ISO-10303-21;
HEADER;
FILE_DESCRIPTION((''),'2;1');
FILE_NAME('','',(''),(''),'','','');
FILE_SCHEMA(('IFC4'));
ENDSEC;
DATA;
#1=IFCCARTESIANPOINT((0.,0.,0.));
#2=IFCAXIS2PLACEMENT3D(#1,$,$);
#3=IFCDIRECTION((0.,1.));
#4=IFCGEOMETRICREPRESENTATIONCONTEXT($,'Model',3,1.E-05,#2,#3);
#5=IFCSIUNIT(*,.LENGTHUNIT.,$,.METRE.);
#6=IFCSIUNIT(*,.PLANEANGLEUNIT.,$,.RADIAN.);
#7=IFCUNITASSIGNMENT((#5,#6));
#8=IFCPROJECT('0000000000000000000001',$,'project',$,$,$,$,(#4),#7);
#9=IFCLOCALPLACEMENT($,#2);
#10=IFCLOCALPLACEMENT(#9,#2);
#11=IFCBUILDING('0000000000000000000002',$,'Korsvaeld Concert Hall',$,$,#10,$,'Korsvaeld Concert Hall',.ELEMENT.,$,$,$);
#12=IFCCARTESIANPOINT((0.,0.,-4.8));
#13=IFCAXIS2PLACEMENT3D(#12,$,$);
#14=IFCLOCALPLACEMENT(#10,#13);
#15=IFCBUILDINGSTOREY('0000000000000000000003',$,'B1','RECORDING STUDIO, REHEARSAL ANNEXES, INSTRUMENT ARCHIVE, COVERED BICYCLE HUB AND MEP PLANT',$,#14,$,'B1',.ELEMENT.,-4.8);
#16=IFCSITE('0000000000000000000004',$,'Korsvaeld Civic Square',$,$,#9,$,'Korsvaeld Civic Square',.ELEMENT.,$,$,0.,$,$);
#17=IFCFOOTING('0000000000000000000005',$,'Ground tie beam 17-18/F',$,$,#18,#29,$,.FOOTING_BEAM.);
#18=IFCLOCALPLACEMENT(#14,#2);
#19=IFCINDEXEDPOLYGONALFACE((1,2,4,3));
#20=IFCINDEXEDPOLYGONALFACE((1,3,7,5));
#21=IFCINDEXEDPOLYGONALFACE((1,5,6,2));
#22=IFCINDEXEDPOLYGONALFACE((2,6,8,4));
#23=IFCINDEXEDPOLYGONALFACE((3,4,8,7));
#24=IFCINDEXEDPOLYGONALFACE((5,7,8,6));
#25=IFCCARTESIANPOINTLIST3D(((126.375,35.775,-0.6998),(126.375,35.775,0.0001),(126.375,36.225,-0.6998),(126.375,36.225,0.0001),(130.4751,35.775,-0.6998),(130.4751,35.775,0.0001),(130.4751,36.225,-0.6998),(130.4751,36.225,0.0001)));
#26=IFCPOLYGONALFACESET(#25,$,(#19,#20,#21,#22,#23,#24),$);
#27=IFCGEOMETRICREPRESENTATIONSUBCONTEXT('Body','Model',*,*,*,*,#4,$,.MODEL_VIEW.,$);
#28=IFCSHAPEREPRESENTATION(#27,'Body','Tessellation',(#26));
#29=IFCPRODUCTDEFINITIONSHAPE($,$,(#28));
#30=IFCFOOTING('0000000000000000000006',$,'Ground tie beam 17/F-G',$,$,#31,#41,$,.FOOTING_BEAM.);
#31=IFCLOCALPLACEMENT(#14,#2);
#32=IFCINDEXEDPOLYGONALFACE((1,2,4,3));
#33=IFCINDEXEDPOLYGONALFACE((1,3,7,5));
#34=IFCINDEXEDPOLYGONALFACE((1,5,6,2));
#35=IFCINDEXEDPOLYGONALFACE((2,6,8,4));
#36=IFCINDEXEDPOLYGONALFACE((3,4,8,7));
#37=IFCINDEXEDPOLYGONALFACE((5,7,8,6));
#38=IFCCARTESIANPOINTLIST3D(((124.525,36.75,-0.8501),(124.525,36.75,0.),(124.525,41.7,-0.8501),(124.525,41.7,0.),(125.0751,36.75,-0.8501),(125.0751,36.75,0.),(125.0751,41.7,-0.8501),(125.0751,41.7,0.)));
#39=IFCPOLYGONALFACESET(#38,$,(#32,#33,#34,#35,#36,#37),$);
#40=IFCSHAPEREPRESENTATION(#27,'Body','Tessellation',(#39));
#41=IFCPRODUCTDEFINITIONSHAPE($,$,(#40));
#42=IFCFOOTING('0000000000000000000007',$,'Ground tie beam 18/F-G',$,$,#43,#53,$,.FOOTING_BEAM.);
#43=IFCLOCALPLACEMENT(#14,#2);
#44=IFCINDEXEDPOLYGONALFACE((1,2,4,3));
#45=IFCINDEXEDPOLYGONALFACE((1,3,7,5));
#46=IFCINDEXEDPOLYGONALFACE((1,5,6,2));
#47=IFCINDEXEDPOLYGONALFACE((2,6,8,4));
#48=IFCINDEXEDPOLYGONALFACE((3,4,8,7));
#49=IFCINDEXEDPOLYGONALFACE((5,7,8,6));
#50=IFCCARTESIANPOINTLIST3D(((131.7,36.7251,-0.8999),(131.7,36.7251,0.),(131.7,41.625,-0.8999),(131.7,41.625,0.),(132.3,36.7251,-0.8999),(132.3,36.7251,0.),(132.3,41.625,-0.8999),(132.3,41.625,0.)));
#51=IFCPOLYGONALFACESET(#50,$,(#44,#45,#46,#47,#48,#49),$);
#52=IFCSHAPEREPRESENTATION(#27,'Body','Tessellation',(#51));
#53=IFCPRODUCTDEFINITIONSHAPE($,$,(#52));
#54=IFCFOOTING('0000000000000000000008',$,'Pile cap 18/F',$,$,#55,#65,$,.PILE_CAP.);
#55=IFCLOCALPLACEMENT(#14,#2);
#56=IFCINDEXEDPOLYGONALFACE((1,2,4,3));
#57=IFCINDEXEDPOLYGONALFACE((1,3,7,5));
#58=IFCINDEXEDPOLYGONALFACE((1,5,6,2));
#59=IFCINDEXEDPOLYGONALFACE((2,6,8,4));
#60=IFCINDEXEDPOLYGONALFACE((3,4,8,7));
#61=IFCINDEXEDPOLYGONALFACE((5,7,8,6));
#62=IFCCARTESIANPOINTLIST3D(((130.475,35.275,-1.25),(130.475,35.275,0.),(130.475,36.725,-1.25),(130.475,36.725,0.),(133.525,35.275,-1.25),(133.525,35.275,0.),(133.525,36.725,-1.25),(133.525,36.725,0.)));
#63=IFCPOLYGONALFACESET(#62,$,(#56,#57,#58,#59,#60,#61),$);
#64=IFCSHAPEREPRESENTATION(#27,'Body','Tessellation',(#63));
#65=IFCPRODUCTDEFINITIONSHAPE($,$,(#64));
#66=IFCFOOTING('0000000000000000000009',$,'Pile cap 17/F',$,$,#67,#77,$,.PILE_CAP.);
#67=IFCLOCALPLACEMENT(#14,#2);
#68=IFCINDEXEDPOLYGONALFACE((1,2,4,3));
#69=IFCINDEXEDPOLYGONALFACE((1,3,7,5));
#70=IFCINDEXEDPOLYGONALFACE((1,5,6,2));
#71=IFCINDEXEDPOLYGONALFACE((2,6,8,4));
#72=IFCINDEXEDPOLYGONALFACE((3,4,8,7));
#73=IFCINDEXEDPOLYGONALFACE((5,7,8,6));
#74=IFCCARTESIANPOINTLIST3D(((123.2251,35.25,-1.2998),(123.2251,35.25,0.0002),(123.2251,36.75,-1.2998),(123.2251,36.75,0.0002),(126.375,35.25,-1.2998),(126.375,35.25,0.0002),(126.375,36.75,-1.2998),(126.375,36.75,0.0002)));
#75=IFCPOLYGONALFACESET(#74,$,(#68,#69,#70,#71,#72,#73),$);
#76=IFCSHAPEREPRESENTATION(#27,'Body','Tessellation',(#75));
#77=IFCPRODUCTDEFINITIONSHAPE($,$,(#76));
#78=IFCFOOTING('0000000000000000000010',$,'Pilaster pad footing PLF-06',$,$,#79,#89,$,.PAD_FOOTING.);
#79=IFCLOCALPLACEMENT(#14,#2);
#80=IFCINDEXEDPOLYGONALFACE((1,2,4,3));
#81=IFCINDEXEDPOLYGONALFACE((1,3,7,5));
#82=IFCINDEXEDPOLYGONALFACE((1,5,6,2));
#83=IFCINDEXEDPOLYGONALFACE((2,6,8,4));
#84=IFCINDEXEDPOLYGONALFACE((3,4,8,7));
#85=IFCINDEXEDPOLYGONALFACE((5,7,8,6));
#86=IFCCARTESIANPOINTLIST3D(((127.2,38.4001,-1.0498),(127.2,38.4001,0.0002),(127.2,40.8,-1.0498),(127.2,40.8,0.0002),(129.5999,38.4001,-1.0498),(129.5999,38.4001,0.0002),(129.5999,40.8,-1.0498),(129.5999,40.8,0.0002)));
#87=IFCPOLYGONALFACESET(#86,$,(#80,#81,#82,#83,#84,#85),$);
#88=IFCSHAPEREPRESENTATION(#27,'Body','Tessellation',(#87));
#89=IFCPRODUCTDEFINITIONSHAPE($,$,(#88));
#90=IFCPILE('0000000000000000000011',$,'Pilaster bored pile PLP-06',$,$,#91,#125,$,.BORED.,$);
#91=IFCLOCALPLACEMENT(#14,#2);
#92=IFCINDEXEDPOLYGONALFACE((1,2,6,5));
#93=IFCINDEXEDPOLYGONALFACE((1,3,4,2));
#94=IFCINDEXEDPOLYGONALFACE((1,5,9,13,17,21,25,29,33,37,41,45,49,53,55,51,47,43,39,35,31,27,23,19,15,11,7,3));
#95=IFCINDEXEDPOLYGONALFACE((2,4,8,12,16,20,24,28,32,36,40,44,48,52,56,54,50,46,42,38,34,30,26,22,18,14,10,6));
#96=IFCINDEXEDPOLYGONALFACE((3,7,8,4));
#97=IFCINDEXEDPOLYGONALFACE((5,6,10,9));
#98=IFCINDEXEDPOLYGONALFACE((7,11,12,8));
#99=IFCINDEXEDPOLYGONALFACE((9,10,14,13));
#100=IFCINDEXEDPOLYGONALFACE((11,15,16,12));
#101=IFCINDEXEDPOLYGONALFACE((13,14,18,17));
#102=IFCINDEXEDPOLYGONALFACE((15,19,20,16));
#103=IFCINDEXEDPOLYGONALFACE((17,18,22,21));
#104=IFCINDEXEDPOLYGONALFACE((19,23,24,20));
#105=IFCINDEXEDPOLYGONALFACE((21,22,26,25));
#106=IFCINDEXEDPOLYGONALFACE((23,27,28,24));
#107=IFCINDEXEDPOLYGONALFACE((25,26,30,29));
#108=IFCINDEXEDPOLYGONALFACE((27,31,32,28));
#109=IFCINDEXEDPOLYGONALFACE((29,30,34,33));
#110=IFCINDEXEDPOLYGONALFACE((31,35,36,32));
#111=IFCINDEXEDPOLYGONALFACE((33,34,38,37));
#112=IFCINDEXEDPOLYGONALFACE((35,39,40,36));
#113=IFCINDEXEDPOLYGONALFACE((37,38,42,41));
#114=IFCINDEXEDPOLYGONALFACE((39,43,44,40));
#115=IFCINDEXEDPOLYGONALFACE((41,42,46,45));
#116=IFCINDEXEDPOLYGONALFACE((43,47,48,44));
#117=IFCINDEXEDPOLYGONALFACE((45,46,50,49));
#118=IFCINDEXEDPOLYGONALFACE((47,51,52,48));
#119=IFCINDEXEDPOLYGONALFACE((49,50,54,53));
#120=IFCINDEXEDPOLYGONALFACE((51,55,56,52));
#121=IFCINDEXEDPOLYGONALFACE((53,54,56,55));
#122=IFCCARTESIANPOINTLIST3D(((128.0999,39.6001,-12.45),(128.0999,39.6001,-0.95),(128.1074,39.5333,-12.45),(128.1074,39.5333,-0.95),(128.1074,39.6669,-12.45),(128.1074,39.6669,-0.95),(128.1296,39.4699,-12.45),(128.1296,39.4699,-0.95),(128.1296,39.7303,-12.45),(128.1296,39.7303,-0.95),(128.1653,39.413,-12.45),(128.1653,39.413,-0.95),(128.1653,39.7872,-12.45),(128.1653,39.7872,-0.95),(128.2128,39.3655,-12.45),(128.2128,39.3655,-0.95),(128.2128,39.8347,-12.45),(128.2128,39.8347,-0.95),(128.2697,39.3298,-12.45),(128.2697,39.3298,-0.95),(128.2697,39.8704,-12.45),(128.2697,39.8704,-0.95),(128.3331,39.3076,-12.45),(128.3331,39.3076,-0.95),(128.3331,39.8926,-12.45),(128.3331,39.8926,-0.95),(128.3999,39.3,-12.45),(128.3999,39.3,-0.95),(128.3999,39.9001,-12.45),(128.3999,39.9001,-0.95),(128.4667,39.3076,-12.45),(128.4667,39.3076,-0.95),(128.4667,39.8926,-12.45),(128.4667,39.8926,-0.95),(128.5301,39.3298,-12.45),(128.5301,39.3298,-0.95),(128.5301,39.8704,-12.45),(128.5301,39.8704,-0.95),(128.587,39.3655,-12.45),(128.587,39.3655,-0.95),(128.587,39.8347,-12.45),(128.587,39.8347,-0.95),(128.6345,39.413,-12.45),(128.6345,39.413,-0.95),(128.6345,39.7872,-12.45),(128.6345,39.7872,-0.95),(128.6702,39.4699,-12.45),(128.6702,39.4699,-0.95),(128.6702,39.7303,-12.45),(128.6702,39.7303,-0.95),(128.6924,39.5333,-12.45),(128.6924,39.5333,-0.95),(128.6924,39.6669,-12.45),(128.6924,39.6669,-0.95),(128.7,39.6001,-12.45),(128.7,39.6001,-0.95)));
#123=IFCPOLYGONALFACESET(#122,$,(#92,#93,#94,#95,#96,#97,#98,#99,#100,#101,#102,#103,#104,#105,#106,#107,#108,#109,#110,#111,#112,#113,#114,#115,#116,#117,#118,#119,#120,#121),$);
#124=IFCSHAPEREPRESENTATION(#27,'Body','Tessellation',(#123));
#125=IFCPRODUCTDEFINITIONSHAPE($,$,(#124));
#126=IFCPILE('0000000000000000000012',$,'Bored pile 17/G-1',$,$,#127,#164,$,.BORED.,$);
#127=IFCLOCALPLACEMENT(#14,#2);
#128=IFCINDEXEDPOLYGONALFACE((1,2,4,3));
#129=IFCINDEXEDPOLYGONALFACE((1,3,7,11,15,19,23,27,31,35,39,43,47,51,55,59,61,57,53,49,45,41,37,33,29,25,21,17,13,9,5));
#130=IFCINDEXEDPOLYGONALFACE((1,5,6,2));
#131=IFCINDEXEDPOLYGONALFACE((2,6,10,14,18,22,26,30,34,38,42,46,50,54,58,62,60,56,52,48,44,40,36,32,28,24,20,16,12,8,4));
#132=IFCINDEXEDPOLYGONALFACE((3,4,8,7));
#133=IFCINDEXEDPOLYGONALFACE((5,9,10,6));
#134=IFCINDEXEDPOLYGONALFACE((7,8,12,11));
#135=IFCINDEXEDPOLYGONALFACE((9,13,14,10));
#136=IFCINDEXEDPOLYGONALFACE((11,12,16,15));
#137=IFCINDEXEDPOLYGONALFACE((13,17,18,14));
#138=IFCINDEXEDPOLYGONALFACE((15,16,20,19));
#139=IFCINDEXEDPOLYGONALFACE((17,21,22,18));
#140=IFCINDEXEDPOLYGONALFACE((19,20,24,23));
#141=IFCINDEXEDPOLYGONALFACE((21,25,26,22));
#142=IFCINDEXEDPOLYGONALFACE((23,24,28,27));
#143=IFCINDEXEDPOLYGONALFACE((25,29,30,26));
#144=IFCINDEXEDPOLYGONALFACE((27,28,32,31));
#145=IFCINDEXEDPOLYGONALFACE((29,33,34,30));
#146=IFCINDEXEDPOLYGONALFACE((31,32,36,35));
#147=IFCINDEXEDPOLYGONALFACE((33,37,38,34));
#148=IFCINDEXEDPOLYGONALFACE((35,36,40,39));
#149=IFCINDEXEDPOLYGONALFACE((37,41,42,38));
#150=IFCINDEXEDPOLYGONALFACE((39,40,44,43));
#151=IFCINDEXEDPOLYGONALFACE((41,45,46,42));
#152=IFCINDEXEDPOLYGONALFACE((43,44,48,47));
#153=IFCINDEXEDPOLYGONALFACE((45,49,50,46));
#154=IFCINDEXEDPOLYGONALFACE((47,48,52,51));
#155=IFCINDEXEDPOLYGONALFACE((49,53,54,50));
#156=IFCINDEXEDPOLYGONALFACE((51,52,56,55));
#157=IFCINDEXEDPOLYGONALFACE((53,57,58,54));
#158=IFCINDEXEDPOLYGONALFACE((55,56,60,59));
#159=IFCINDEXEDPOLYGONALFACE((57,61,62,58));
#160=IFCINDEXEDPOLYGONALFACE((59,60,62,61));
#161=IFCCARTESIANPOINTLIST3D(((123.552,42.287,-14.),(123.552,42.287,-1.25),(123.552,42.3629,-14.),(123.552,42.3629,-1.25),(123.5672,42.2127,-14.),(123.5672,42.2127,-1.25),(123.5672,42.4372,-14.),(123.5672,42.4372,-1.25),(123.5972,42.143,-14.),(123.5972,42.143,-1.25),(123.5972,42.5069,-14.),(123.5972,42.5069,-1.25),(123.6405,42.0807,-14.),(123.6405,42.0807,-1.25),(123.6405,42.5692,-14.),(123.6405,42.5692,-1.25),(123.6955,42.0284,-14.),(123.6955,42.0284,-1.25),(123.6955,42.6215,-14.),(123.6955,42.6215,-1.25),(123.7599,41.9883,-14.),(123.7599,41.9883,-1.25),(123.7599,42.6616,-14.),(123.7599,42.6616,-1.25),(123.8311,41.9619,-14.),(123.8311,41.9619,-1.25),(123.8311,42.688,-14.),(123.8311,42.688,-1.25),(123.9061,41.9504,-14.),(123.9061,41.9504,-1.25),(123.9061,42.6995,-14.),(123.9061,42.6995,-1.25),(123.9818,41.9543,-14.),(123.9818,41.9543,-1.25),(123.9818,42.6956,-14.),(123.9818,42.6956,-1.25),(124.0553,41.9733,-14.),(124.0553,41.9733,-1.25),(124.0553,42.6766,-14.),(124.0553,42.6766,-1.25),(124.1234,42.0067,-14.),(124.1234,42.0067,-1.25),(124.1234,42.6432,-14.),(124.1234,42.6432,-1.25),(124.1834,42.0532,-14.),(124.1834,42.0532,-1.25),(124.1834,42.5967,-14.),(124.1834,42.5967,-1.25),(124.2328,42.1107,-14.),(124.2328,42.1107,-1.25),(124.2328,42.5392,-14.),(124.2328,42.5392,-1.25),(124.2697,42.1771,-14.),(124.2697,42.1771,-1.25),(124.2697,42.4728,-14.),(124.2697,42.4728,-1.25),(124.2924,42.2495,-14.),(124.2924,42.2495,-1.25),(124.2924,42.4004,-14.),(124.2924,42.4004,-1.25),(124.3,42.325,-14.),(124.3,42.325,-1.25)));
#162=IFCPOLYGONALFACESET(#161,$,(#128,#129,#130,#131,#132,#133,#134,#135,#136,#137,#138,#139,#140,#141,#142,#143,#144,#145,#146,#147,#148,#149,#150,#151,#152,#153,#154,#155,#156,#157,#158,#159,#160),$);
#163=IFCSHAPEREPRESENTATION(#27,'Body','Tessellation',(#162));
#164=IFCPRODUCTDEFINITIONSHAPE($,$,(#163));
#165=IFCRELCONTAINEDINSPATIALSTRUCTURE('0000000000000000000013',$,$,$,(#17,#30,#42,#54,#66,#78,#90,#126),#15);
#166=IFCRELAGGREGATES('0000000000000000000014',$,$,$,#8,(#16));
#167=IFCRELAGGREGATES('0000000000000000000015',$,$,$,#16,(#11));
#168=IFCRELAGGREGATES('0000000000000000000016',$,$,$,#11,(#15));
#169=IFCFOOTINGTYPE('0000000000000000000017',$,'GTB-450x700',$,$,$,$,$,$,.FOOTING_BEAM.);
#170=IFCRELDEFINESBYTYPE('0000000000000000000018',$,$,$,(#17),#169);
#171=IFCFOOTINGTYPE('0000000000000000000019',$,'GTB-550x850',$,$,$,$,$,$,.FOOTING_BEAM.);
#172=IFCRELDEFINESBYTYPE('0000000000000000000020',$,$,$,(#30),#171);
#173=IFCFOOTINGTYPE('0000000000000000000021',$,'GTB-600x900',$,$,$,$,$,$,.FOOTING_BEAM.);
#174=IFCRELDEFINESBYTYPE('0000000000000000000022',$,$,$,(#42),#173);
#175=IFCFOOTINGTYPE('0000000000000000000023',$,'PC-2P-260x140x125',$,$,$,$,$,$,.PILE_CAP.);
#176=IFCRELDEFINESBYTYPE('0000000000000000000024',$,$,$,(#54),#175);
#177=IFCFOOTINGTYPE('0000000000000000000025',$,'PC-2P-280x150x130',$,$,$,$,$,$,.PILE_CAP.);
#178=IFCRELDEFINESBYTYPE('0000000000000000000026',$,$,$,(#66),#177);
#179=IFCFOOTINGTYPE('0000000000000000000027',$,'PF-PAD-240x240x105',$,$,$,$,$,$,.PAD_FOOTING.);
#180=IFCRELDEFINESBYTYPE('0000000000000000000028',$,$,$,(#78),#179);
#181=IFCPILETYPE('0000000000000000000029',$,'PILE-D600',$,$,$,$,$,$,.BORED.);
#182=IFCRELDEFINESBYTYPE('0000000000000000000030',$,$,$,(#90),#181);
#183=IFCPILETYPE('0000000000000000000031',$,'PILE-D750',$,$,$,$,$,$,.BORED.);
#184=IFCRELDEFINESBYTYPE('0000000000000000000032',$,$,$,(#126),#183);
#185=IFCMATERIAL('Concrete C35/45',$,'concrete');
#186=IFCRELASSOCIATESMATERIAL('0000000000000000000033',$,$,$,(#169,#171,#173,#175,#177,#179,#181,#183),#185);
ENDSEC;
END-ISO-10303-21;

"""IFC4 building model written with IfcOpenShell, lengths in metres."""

from ifc_helpers import new_model, si_unit, direction, frame, origin, origin_2d, place, context, subcontext, project, spatial, rectangle, circle, extrude, material, material_profile, profile_set, type_object, element, save


model = new_model("IFC4")

# Units and contexts
model_context = context("Model", 3, precision=1e-05, world=origin(), true_north=direction((0.0, 1.0)))
body_context = subcontext(model_context, "Body", "Model", "MODEL_VIEW")
ifc_project = project(units=[si_unit("LENGTHUNIT", "METRE"), si_unit("PLANEANGLEUNIT", "RADIAN")], contexts=[model_context])

# Site, building, storey
site_placement = place(None, origin())
site = spatial("IfcSite", under=ifc_project, at=site_placement, Name="Korsvaeld Civic Square", LongName="Korsvaeld Civic Square", CompositionType="ELEMENT", RefElevation=0.0)
building_placement = place(site_placement, origin())
building = spatial("IfcBuilding", under=site, at=building_placement, Name="Korsvaeld Concert Hall", LongName="Korsvaeld Concert Hall", CompositionType="ELEMENT")
storey_placement = place(building_placement, frame((0.0, 0.0, -4.8)))
storey = spatial("IfcBuildingStorey", under=building, at=storey_placement, Name="B1", Description="RECORDING STUDIO, REHEARSAL ANNEXES, INSTRUMENT ARCHIVE, COVERED BICYCLE HUB AND MEP PLANT", LongName="B1", CompositionType="ELEMENT", Elevation=-4.8)

# Footings
ifc_material_1 = material(Name="Concrete C35/45", Category="concrete")
ifc_material_profile_1 = material_profile(ifc_material_1, rectangle(XDim=0.45, YDim=0.7, at=origin_2d()), Name="GTB 450x700")
ifc_profile_set_1 = profile_set([ifc_material_profile_1], Name="Concrete C35/45")
footing_type_1 = type_object("IfcFootingType", Name="GTB-450x700", PredefinedType="FOOTING_BEAM", material=ifc_profile_set_1)
footing_1_placement = place(storey_placement, frame((126.375, 36.0, -0.3499), z_axis=(1.0, 0.0, 0.0), x_axis=(0.0, 1.0, 0.0)))
element("IfcFooting", 1, at=footing_1_placement, inside=storey, type_object=footing_type_1, Name="Ground tie beam 17-18/F", PredefinedType="FOOTING_BEAM", context=body_context, shape_type="SweptSolid", body=[
    extrude(rectangle(XDim=0.45, YDim=0.7, at=origin_2d()), origin(), (0.0, 0.0, 1.0), 4.1001),
])
ifc_material_profile_2 = material_profile(ifc_material_1, rectangle(XDim=0.55, YDim=0.8501, at=origin_2d()), Name="GTB 550x850")
ifc_profile_set_2 = profile_set([ifc_material_profile_2], Name="Concrete C35/45")
footing_type_2 = type_object("IfcFootingType", Name="GTB-550x850", PredefinedType="FOOTING_BEAM", material=ifc_profile_set_2)
footing_2_placement = place(storey_placement, frame((124.8, 36.75, -0.425), z_axis=(0.0, 1.0, 0.0), x_axis=(-1.0, 0.0, 0.0)))
element("IfcFooting", 2, at=footing_2_placement, inside=storey, type_object=footing_type_2, Name="Ground tie beam 17/F-G", PredefinedType="FOOTING_BEAM", context=body_context, shape_type="SweptSolid", body=[
    extrude(rectangle(XDim=0.55, YDim=0.8501, at=origin_2d()), origin(), (0.0, 0.0, 1.0), 4.95),
])
ifc_material_profile_3 = material_profile(ifc_material_1, rectangle(XDim=0.6001, YDim=0.8999, at=origin_2d()), Name="GTB 600x900")
ifc_profile_set_3 = profile_set([ifc_material_profile_3], Name="Concrete C35/45")
footing_type_3 = type_object("IfcFootingType", Name="GTB-600x900", PredefinedType="FOOTING_BEAM", material=ifc_profile_set_3)
footing_3_placement = place(storey_placement, frame((132.0, 36.7251, -0.45), z_axis=(0.0, 1.0, 0.0), x_axis=(-1.0, 0.0, 0.0)))
element("IfcFooting", 3, at=footing_3_placement, inside=storey, type_object=footing_type_3, Name="Ground tie beam 18/F-G", PredefinedType="FOOTING_BEAM", context=body_context, shape_type="SweptSolid", body=[
    extrude(rectangle(XDim=0.6001, YDim=0.8999, at=origin_2d()), origin(), (0.0, 0.0, 1.0), 4.8999),
])
footing_type_4 = type_object("IfcFootingType", Name="PC-2P-260x140x125", PredefinedType="PILE_CAP", material=ifc_material_1)
footing_4_placement = place(storey_placement, frame((132.0, 36.0, -1.25), z_axis=(0.0, 0.0, 1.0), x_axis=(1.0, 0.0, 0.0)))
element("IfcFooting", 4, at=footing_4_placement, inside=storey, type_object=footing_type_4, Name="Pile cap 18/F", PredefinedType="PILE_CAP", context=body_context, shape_type="SweptSolid", body=[
    extrude(rectangle(XDim=3.05, YDim=1.45, at=origin_2d()), origin(), (0.0, 0.0, 1.0), 1.25),
])
footing_type_5 = type_object("IfcFootingType", Name="PC-2P-280x150x130", PredefinedType="PILE_CAP", material=ifc_material_1)
footing_5_placement = place(storey_placement, frame((124.8, 36.0, -1.2998), z_axis=(0.0, 0.0, 1.0), x_axis=(1.0, 0.0, 0.0)))
element("IfcFooting", 5, at=footing_5_placement, inside=storey, type_object=footing_type_5, Name="Pile cap 17/F", PredefinedType="PILE_CAP", context=body_context, shape_type="SweptSolid", body=[
    extrude(rectangle(XDim=3.1499, YDim=1.5, at=origin_2d()), origin(), (0.0, 0.0, 1.0), 1.3),
])
footing_type_6 = type_object("IfcFootingType", Name="PF-PAD-240x240x105", PredefinedType="PAD_FOOTING", material=ifc_material_1)
footing_6_placement = place(storey_placement, frame((128.3999, 39.6001, -1.0498), z_axis=(0.0, 0.0, 1.0), x_axis=(1.0, 0.0, 0.0)))
element("IfcFooting", 6, at=footing_6_placement, inside=storey, type_object=footing_type_6, Name="Pilaster pad footing PLF-06", PredefinedType="PAD_FOOTING", context=body_context, shape_type="SweptSolid", body=[
    extrude(rectangle(XDim=2.3999, YDim=2.3999, at=origin_2d()), origin(), (0.0, 0.0, 1.0), 1.05),
])

# Piles
ifc_material_profile_4 = material_profile(ifc_material_1, circle(Radius=0.3, at=origin_2d()), Name="BORED PILE D600")
ifc_profile_set_4 = profile_set([ifc_material_profile_4], Name="Concrete C35/45")
pile_type_1 = type_object("IfcPileType", Name="PILE-D600", PredefinedType="BORED", material=ifc_profile_set_4)
pile_1_placement = place(storey_placement, frame((128.3999, 39.6001, -0.95), z_axis=(0.0, 0.0, -1.0), x_axis=(1.0, 0.0, 0.0)))
element("IfcPile", 7, at=pile_1_placement, inside=storey, type_object=pile_type_1, Name="Pilaster bored pile PLP-06", PredefinedType="BORED", context=body_context, shape_type="SweptSolid", body=[
    extrude(circle(Radius=0.3, at=origin_2d()), origin(), (0.0, 0.0, 1.0), 11.5),
])
ifc_material_profile_5 = material_profile(ifc_material_1, circle(Radius=0.375, at=origin_2d()), Name="BORED PILE D750")
ifc_profile_set_5 = profile_set([ifc_material_profile_5], Name="Concrete C35/45")
pile_type_2 = type_object("IfcPileType", Name="PILE-D750", PredefinedType="BORED", material=ifc_profile_set_5)
for number, where, z_axis, x_axis, name in (
    (8, (123.925, 42.325, -1.25), (0.0, 0.0, -1.0), (1.0, 0.0, 0.0), "Bored pile 17/G-1"),
):
    element("IfcPile", number, at=place(storey_placement, frame(where, z_axis=z_axis, x_axis=x_axis)), inside=storey, type_object=pile_type_2, Name=name, PredefinedType="BORED", context=body_context, shape_type="SweptSolid", body=[
        extrude(circle(Radius=0.375, at=origin_2d()), origin(), (0.0, 0.0, 1.0), 12.75),
    ])

save(model, "model.ifc")
